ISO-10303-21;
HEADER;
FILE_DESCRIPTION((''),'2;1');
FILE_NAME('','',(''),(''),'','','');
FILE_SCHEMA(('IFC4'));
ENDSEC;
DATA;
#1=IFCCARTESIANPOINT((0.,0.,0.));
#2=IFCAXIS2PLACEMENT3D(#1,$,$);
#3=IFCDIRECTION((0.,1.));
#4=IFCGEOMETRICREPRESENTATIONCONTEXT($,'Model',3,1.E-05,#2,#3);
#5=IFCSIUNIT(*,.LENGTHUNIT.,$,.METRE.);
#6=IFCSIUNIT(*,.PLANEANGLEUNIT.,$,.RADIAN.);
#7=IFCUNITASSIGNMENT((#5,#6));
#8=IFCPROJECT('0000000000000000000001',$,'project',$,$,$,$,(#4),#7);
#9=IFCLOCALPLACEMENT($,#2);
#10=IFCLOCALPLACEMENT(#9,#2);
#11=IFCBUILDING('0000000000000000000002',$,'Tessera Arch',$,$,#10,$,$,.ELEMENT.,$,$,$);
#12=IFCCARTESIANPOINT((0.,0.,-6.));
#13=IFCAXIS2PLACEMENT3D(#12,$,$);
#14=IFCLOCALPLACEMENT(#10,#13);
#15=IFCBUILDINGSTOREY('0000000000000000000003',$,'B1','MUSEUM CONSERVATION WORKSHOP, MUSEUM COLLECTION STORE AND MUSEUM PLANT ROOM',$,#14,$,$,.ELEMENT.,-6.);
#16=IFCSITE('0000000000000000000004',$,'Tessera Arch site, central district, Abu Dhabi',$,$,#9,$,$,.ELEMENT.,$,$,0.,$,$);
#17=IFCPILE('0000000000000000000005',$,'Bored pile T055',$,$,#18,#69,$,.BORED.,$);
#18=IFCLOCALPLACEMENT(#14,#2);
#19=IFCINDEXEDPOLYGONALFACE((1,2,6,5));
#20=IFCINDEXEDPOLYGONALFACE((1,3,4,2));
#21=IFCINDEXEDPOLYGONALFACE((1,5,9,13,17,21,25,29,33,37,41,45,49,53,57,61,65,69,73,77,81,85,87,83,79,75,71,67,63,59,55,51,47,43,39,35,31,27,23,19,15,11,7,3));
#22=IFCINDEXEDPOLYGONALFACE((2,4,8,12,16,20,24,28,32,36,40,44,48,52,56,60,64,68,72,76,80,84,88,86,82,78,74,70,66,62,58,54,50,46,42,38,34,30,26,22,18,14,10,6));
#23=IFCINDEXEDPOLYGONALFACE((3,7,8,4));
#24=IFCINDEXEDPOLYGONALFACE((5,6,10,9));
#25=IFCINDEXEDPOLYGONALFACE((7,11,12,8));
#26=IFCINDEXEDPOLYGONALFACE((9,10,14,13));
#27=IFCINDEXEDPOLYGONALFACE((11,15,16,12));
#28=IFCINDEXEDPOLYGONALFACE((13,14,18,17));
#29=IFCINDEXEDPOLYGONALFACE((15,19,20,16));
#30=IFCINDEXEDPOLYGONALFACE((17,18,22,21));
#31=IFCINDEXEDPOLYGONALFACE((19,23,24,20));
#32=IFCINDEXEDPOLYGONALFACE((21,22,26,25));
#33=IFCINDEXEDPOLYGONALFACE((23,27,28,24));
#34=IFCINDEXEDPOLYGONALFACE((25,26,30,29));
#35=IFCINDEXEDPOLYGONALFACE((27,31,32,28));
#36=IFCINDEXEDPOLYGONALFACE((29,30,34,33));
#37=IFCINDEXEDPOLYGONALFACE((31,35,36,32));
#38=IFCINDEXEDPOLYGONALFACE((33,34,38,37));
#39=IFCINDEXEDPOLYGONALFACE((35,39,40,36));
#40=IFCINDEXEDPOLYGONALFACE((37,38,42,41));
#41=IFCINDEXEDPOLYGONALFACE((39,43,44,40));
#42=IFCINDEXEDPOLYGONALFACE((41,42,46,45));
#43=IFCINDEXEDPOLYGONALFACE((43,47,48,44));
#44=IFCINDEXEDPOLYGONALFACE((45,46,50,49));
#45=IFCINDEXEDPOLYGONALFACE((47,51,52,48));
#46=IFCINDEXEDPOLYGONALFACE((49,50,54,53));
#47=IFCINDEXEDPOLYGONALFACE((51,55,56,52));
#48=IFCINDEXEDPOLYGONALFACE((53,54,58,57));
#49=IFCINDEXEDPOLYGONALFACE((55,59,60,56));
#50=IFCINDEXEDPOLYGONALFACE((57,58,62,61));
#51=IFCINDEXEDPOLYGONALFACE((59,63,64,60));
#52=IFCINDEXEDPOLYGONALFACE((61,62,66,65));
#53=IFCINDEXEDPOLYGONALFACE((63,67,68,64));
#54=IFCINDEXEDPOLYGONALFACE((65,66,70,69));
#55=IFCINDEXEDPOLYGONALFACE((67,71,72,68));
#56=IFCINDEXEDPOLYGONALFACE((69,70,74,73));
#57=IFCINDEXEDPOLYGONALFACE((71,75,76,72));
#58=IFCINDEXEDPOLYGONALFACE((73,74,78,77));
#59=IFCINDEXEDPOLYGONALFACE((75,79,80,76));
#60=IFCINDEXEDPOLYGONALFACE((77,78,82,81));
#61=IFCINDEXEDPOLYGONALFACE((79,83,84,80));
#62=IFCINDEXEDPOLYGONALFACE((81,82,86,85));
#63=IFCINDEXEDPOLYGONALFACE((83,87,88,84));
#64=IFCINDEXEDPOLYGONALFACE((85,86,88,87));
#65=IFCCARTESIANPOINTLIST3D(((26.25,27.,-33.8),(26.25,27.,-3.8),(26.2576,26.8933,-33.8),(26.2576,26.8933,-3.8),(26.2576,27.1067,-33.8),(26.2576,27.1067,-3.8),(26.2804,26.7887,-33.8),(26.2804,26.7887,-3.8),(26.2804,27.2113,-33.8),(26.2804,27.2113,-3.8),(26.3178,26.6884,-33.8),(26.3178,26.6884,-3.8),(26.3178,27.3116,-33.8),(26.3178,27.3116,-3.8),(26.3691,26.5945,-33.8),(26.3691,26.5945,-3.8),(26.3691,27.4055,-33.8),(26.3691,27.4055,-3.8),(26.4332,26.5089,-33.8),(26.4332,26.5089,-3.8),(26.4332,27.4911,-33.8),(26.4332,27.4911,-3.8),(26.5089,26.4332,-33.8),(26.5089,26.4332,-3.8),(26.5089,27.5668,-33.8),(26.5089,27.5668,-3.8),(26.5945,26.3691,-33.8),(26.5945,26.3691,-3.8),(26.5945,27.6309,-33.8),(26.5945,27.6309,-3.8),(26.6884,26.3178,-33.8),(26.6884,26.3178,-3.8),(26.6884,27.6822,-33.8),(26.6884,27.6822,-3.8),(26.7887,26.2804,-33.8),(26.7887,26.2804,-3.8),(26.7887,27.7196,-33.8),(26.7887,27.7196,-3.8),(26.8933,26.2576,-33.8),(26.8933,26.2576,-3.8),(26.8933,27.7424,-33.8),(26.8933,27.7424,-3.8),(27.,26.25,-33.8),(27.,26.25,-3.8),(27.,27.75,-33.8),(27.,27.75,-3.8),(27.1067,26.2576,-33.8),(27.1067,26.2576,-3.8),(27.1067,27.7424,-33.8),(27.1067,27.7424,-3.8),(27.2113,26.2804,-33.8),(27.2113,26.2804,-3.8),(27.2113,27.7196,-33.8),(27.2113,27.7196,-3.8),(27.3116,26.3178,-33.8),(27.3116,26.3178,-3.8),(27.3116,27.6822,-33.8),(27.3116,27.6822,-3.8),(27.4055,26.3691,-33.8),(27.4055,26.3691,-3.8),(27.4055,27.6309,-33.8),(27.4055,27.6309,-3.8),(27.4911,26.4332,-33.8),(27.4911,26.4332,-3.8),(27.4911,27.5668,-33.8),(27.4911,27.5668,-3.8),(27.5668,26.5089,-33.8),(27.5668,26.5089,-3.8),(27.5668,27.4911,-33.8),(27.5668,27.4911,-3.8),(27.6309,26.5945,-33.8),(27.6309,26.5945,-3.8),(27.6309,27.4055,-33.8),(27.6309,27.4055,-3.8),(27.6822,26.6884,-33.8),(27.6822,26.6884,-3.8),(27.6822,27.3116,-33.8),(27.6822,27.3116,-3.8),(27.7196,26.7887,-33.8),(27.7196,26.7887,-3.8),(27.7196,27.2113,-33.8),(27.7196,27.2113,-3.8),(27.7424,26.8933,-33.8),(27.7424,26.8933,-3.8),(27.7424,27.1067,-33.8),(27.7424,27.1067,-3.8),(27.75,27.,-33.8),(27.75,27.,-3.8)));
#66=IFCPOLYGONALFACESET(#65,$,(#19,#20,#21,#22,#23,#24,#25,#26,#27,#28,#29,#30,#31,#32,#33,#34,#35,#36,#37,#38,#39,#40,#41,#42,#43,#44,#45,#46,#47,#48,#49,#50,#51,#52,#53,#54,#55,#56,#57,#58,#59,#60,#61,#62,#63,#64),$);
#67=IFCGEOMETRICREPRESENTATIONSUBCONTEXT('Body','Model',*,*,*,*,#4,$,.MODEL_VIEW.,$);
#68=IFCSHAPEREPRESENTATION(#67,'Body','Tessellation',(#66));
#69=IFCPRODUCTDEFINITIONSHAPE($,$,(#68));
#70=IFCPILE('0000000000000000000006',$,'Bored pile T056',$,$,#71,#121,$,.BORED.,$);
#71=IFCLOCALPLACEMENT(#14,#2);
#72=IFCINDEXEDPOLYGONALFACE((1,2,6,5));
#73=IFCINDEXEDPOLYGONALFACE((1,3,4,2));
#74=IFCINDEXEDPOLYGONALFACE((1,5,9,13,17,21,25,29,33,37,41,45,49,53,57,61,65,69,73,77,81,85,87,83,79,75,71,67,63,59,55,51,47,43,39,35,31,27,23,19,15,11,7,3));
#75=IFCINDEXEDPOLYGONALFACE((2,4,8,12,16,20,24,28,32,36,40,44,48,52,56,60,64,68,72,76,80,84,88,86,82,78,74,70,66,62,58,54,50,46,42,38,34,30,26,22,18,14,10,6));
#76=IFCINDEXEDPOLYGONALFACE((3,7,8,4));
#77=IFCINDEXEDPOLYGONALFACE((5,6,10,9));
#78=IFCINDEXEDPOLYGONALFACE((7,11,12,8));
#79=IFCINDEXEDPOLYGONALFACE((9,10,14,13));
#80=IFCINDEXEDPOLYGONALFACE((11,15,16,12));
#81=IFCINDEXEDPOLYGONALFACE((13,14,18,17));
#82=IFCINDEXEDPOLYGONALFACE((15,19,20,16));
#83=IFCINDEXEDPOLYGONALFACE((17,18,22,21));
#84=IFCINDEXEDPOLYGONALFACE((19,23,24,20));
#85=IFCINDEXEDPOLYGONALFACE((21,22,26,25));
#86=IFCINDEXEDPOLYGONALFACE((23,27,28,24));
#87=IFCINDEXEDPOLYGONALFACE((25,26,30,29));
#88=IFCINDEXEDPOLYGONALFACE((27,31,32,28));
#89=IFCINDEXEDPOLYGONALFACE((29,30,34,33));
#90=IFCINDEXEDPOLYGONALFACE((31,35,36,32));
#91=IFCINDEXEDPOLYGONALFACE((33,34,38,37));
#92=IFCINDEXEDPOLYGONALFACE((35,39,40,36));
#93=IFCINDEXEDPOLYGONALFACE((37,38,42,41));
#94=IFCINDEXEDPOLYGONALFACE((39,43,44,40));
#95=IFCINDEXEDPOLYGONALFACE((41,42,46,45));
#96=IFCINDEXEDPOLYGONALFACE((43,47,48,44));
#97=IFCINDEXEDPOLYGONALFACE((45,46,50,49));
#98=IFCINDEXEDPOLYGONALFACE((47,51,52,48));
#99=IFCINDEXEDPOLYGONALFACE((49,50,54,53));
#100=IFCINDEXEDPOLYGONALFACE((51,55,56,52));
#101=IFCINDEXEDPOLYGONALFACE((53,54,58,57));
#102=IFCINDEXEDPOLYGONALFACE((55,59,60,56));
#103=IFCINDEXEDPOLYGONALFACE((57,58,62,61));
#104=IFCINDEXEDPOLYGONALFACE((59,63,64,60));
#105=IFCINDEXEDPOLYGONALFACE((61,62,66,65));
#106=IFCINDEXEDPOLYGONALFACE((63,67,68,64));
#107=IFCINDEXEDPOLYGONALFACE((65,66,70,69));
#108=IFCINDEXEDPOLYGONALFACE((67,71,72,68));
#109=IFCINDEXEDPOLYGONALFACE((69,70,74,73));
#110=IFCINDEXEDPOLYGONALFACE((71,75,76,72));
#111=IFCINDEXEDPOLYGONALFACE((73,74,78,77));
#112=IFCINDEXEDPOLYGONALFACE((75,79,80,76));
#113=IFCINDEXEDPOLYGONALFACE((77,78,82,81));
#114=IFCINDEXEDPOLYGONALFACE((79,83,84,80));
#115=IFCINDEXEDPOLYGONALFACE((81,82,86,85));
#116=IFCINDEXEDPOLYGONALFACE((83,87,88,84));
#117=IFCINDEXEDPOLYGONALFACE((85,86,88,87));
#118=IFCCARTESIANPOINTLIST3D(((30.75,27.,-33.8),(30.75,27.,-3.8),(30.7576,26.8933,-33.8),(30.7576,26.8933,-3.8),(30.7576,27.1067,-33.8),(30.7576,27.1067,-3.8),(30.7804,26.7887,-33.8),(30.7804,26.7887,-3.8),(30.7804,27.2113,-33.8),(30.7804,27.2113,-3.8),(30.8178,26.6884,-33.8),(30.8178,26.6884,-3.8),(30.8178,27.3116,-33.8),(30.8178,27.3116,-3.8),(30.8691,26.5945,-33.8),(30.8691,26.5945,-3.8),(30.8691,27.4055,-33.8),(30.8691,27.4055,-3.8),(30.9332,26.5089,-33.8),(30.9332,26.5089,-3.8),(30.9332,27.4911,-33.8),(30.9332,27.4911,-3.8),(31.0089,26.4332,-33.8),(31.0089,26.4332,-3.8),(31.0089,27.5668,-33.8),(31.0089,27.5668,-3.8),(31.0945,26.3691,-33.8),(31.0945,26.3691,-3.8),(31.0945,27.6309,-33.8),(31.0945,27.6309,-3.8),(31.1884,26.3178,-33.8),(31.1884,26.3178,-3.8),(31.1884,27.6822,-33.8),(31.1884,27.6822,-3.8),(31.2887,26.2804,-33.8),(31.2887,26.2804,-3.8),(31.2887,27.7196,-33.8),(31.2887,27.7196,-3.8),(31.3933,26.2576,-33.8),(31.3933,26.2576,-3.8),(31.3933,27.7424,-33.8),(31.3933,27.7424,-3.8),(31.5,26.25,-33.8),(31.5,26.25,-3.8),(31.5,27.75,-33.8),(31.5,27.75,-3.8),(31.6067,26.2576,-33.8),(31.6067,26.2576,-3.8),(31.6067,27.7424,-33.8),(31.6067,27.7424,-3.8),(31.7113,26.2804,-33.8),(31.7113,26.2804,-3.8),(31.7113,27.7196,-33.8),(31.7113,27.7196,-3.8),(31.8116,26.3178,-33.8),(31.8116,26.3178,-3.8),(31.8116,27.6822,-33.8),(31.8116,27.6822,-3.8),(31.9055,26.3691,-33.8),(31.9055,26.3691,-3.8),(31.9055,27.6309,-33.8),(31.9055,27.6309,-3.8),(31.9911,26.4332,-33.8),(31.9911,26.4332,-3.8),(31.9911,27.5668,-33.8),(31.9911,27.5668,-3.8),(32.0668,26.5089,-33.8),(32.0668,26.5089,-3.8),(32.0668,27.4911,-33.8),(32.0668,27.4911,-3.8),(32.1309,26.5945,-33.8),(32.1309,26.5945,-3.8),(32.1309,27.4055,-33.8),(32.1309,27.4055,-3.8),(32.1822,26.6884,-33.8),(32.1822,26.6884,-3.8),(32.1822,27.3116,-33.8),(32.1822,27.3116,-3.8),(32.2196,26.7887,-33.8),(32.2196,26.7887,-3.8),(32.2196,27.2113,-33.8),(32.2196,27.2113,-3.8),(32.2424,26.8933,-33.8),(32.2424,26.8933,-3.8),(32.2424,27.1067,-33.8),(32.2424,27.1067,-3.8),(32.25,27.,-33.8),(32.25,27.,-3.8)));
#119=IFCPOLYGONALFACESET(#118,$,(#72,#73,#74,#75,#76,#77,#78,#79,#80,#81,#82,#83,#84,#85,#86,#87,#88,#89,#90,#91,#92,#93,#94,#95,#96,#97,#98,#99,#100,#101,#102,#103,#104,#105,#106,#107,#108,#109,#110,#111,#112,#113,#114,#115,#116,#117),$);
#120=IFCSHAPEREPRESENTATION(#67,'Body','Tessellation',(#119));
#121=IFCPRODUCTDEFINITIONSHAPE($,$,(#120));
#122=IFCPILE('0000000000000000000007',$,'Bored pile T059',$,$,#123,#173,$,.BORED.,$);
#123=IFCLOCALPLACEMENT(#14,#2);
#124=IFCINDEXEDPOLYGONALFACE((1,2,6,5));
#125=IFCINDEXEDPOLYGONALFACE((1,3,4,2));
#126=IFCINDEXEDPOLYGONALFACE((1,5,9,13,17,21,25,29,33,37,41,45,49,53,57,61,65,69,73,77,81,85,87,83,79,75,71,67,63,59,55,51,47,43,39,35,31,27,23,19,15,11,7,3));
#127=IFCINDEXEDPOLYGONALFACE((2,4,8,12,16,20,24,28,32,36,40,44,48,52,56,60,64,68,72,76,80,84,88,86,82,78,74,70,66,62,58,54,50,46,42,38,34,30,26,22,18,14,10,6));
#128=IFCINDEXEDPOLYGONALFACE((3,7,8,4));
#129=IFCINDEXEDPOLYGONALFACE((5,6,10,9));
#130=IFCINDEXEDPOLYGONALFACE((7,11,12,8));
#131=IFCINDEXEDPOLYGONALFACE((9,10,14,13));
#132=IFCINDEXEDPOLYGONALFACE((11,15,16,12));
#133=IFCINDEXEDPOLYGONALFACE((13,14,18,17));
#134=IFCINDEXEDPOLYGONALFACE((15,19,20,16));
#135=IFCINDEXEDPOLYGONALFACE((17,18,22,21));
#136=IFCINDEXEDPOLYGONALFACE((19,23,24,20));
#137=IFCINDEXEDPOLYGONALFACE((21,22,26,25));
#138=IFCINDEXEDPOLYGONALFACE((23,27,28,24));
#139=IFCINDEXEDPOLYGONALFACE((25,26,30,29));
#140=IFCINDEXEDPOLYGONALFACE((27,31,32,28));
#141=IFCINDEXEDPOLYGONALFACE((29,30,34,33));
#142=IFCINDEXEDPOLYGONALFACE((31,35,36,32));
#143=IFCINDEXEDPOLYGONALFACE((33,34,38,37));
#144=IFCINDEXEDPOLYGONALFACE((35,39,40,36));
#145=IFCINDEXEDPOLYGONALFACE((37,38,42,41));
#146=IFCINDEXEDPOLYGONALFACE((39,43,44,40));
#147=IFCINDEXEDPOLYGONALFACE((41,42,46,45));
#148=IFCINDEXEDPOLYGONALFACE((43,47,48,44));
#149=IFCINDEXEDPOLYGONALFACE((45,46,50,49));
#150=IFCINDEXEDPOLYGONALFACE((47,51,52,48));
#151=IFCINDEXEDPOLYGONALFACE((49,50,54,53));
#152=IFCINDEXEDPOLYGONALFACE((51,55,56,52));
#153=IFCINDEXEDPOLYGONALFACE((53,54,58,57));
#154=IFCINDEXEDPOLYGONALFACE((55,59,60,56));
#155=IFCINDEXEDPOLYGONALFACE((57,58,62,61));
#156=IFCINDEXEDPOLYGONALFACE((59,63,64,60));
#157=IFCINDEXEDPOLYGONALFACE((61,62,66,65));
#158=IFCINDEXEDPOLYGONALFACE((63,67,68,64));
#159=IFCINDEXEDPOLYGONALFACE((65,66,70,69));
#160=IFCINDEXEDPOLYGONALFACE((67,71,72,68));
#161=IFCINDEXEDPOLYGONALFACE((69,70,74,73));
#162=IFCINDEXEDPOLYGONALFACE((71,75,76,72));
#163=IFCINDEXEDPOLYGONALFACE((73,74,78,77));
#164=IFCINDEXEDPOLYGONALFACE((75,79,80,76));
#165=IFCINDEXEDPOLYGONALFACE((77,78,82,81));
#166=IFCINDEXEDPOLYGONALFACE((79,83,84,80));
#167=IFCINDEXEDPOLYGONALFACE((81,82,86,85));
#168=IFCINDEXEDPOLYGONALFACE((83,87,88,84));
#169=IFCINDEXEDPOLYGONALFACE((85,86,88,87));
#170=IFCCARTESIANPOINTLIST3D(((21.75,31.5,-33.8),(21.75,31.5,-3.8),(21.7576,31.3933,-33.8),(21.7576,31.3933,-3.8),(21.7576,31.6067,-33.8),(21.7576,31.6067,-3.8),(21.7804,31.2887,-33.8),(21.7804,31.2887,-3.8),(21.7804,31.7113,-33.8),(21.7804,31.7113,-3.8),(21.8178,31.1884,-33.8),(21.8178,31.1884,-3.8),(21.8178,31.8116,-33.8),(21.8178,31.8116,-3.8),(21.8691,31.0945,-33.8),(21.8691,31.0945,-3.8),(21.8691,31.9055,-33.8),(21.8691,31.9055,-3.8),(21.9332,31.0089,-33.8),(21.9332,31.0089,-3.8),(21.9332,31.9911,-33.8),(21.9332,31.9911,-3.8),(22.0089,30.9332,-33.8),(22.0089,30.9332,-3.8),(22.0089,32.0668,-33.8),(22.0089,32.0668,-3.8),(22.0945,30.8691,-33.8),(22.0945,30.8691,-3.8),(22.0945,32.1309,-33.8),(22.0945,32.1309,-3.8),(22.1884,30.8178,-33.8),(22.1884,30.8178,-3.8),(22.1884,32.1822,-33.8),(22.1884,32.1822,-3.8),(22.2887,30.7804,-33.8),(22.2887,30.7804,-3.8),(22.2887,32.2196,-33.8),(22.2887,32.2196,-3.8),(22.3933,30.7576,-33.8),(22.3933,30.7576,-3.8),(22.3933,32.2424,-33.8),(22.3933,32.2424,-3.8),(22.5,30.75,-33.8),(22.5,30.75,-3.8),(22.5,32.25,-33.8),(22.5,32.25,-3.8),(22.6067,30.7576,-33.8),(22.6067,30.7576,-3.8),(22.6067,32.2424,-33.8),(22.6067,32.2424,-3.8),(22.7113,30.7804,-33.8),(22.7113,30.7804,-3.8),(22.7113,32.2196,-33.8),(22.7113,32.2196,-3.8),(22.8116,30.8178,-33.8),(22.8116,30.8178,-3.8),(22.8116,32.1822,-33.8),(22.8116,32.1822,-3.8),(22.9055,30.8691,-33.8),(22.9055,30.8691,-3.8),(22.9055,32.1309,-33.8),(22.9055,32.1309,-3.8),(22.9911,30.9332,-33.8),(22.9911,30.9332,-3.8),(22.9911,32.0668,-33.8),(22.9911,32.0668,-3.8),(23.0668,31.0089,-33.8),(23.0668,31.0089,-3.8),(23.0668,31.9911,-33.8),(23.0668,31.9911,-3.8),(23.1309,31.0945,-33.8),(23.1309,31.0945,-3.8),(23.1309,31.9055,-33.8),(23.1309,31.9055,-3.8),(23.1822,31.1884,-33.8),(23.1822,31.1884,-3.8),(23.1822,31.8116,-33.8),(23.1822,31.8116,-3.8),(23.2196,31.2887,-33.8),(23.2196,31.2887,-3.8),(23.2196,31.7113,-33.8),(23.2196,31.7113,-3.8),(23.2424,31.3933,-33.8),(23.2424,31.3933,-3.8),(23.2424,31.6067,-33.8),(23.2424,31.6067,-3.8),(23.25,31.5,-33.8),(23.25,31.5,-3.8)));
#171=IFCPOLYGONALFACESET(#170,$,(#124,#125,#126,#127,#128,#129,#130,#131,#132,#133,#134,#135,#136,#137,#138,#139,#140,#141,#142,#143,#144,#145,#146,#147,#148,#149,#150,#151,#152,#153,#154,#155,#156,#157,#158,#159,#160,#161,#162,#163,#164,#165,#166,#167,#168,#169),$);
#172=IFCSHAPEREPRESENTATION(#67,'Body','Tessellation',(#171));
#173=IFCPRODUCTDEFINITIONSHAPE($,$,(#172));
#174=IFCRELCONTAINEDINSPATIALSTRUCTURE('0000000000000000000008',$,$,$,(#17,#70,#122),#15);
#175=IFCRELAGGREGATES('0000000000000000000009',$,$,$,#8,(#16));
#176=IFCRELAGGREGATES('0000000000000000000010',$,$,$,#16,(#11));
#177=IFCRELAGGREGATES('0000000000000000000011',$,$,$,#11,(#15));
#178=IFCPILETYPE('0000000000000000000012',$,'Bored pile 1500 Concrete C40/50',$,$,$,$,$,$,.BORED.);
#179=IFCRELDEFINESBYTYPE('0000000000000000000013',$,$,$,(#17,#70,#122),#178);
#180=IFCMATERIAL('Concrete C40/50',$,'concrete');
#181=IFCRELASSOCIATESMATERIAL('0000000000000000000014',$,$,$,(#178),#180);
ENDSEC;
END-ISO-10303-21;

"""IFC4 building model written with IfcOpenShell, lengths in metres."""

from ifc_helpers import new_model, si_unit, direction, frame, origin, origin_2d, place, context, subcontext, project, spatial, circle, extrude, material, type_object, element, save


model = new_model("IFC4")

# Units and contexts
model_context = context("Model", 3, precision=1e-05, world=origin(), true_north=direction((0.0, 1.0)))
body_context = subcontext(model_context, "Body", "Model", "MODEL_VIEW")
ifc_project = project(units=[si_unit("LENGTHUNIT", "METRE"), si_unit("PLANEANGLEUNIT", "RADIAN")], contexts=[model_context])

# Site, building, storey
site_placement = place(None, origin())
site = spatial("IfcSite", under=ifc_project, at=site_placement, Name="Tessera Arch site, central district, Abu Dhabi", CompositionType="ELEMENT", RefElevation=0.0)
building_placement = place(site_placement, origin())
building = spatial("IfcBuilding", under=site, at=building_placement, Name="Tessera Arch", CompositionType="ELEMENT")
storey_placement = place(building_placement, frame((0.0, 0.0, -6.0)))
storey = spatial("IfcBuildingStorey", under=building, at=storey_placement, Name="B1", Description="MUSEUM CONSERVATION WORKSHOP, MUSEUM COLLECTION STORE AND MUSEUM PLANT ROOM", CompositionType="ELEMENT", Elevation=-6.0)

# Piles
ifc_material_1 = material(Name="Concrete C40/50", Category="concrete")
pile_type = type_object("IfcPileType", Name="Bored pile 1500 Concrete C40/50", PredefinedType="BORED", material=ifc_material_1)
for number, where, z_axis, x_axis, name in (
    (1, (27.0, 27.0, -3.8), (0.0, 0.0, -1.0), (1.0, 0.0, 0.0), "Bored pile T055"),
    (2, (31.5, 27.0, -3.8), (0.0, 0.0, -1.0), (1.0, 0.0, 0.0), "Bored pile T056"),
    (3, (22.5, 31.5, -3.8), (0.0, 0.0, -1.0), (1.0, 0.0, 0.0), "Bored pile T059"),
):
    element("IfcPile", number, at=place(storey_placement, frame(where, z_axis=z_axis, x_axis=x_axis)), inside=storey, type_object=pile_type, Name=name, PredefinedType="BORED", context=body_context, shape_type="SweptSolid", body=[
        extrude(circle(Radius=0.75, at=origin_2d()), origin(), (0.0, 0.0, 1.0), 30.0),
    ])

save(model, "model.ifc")
